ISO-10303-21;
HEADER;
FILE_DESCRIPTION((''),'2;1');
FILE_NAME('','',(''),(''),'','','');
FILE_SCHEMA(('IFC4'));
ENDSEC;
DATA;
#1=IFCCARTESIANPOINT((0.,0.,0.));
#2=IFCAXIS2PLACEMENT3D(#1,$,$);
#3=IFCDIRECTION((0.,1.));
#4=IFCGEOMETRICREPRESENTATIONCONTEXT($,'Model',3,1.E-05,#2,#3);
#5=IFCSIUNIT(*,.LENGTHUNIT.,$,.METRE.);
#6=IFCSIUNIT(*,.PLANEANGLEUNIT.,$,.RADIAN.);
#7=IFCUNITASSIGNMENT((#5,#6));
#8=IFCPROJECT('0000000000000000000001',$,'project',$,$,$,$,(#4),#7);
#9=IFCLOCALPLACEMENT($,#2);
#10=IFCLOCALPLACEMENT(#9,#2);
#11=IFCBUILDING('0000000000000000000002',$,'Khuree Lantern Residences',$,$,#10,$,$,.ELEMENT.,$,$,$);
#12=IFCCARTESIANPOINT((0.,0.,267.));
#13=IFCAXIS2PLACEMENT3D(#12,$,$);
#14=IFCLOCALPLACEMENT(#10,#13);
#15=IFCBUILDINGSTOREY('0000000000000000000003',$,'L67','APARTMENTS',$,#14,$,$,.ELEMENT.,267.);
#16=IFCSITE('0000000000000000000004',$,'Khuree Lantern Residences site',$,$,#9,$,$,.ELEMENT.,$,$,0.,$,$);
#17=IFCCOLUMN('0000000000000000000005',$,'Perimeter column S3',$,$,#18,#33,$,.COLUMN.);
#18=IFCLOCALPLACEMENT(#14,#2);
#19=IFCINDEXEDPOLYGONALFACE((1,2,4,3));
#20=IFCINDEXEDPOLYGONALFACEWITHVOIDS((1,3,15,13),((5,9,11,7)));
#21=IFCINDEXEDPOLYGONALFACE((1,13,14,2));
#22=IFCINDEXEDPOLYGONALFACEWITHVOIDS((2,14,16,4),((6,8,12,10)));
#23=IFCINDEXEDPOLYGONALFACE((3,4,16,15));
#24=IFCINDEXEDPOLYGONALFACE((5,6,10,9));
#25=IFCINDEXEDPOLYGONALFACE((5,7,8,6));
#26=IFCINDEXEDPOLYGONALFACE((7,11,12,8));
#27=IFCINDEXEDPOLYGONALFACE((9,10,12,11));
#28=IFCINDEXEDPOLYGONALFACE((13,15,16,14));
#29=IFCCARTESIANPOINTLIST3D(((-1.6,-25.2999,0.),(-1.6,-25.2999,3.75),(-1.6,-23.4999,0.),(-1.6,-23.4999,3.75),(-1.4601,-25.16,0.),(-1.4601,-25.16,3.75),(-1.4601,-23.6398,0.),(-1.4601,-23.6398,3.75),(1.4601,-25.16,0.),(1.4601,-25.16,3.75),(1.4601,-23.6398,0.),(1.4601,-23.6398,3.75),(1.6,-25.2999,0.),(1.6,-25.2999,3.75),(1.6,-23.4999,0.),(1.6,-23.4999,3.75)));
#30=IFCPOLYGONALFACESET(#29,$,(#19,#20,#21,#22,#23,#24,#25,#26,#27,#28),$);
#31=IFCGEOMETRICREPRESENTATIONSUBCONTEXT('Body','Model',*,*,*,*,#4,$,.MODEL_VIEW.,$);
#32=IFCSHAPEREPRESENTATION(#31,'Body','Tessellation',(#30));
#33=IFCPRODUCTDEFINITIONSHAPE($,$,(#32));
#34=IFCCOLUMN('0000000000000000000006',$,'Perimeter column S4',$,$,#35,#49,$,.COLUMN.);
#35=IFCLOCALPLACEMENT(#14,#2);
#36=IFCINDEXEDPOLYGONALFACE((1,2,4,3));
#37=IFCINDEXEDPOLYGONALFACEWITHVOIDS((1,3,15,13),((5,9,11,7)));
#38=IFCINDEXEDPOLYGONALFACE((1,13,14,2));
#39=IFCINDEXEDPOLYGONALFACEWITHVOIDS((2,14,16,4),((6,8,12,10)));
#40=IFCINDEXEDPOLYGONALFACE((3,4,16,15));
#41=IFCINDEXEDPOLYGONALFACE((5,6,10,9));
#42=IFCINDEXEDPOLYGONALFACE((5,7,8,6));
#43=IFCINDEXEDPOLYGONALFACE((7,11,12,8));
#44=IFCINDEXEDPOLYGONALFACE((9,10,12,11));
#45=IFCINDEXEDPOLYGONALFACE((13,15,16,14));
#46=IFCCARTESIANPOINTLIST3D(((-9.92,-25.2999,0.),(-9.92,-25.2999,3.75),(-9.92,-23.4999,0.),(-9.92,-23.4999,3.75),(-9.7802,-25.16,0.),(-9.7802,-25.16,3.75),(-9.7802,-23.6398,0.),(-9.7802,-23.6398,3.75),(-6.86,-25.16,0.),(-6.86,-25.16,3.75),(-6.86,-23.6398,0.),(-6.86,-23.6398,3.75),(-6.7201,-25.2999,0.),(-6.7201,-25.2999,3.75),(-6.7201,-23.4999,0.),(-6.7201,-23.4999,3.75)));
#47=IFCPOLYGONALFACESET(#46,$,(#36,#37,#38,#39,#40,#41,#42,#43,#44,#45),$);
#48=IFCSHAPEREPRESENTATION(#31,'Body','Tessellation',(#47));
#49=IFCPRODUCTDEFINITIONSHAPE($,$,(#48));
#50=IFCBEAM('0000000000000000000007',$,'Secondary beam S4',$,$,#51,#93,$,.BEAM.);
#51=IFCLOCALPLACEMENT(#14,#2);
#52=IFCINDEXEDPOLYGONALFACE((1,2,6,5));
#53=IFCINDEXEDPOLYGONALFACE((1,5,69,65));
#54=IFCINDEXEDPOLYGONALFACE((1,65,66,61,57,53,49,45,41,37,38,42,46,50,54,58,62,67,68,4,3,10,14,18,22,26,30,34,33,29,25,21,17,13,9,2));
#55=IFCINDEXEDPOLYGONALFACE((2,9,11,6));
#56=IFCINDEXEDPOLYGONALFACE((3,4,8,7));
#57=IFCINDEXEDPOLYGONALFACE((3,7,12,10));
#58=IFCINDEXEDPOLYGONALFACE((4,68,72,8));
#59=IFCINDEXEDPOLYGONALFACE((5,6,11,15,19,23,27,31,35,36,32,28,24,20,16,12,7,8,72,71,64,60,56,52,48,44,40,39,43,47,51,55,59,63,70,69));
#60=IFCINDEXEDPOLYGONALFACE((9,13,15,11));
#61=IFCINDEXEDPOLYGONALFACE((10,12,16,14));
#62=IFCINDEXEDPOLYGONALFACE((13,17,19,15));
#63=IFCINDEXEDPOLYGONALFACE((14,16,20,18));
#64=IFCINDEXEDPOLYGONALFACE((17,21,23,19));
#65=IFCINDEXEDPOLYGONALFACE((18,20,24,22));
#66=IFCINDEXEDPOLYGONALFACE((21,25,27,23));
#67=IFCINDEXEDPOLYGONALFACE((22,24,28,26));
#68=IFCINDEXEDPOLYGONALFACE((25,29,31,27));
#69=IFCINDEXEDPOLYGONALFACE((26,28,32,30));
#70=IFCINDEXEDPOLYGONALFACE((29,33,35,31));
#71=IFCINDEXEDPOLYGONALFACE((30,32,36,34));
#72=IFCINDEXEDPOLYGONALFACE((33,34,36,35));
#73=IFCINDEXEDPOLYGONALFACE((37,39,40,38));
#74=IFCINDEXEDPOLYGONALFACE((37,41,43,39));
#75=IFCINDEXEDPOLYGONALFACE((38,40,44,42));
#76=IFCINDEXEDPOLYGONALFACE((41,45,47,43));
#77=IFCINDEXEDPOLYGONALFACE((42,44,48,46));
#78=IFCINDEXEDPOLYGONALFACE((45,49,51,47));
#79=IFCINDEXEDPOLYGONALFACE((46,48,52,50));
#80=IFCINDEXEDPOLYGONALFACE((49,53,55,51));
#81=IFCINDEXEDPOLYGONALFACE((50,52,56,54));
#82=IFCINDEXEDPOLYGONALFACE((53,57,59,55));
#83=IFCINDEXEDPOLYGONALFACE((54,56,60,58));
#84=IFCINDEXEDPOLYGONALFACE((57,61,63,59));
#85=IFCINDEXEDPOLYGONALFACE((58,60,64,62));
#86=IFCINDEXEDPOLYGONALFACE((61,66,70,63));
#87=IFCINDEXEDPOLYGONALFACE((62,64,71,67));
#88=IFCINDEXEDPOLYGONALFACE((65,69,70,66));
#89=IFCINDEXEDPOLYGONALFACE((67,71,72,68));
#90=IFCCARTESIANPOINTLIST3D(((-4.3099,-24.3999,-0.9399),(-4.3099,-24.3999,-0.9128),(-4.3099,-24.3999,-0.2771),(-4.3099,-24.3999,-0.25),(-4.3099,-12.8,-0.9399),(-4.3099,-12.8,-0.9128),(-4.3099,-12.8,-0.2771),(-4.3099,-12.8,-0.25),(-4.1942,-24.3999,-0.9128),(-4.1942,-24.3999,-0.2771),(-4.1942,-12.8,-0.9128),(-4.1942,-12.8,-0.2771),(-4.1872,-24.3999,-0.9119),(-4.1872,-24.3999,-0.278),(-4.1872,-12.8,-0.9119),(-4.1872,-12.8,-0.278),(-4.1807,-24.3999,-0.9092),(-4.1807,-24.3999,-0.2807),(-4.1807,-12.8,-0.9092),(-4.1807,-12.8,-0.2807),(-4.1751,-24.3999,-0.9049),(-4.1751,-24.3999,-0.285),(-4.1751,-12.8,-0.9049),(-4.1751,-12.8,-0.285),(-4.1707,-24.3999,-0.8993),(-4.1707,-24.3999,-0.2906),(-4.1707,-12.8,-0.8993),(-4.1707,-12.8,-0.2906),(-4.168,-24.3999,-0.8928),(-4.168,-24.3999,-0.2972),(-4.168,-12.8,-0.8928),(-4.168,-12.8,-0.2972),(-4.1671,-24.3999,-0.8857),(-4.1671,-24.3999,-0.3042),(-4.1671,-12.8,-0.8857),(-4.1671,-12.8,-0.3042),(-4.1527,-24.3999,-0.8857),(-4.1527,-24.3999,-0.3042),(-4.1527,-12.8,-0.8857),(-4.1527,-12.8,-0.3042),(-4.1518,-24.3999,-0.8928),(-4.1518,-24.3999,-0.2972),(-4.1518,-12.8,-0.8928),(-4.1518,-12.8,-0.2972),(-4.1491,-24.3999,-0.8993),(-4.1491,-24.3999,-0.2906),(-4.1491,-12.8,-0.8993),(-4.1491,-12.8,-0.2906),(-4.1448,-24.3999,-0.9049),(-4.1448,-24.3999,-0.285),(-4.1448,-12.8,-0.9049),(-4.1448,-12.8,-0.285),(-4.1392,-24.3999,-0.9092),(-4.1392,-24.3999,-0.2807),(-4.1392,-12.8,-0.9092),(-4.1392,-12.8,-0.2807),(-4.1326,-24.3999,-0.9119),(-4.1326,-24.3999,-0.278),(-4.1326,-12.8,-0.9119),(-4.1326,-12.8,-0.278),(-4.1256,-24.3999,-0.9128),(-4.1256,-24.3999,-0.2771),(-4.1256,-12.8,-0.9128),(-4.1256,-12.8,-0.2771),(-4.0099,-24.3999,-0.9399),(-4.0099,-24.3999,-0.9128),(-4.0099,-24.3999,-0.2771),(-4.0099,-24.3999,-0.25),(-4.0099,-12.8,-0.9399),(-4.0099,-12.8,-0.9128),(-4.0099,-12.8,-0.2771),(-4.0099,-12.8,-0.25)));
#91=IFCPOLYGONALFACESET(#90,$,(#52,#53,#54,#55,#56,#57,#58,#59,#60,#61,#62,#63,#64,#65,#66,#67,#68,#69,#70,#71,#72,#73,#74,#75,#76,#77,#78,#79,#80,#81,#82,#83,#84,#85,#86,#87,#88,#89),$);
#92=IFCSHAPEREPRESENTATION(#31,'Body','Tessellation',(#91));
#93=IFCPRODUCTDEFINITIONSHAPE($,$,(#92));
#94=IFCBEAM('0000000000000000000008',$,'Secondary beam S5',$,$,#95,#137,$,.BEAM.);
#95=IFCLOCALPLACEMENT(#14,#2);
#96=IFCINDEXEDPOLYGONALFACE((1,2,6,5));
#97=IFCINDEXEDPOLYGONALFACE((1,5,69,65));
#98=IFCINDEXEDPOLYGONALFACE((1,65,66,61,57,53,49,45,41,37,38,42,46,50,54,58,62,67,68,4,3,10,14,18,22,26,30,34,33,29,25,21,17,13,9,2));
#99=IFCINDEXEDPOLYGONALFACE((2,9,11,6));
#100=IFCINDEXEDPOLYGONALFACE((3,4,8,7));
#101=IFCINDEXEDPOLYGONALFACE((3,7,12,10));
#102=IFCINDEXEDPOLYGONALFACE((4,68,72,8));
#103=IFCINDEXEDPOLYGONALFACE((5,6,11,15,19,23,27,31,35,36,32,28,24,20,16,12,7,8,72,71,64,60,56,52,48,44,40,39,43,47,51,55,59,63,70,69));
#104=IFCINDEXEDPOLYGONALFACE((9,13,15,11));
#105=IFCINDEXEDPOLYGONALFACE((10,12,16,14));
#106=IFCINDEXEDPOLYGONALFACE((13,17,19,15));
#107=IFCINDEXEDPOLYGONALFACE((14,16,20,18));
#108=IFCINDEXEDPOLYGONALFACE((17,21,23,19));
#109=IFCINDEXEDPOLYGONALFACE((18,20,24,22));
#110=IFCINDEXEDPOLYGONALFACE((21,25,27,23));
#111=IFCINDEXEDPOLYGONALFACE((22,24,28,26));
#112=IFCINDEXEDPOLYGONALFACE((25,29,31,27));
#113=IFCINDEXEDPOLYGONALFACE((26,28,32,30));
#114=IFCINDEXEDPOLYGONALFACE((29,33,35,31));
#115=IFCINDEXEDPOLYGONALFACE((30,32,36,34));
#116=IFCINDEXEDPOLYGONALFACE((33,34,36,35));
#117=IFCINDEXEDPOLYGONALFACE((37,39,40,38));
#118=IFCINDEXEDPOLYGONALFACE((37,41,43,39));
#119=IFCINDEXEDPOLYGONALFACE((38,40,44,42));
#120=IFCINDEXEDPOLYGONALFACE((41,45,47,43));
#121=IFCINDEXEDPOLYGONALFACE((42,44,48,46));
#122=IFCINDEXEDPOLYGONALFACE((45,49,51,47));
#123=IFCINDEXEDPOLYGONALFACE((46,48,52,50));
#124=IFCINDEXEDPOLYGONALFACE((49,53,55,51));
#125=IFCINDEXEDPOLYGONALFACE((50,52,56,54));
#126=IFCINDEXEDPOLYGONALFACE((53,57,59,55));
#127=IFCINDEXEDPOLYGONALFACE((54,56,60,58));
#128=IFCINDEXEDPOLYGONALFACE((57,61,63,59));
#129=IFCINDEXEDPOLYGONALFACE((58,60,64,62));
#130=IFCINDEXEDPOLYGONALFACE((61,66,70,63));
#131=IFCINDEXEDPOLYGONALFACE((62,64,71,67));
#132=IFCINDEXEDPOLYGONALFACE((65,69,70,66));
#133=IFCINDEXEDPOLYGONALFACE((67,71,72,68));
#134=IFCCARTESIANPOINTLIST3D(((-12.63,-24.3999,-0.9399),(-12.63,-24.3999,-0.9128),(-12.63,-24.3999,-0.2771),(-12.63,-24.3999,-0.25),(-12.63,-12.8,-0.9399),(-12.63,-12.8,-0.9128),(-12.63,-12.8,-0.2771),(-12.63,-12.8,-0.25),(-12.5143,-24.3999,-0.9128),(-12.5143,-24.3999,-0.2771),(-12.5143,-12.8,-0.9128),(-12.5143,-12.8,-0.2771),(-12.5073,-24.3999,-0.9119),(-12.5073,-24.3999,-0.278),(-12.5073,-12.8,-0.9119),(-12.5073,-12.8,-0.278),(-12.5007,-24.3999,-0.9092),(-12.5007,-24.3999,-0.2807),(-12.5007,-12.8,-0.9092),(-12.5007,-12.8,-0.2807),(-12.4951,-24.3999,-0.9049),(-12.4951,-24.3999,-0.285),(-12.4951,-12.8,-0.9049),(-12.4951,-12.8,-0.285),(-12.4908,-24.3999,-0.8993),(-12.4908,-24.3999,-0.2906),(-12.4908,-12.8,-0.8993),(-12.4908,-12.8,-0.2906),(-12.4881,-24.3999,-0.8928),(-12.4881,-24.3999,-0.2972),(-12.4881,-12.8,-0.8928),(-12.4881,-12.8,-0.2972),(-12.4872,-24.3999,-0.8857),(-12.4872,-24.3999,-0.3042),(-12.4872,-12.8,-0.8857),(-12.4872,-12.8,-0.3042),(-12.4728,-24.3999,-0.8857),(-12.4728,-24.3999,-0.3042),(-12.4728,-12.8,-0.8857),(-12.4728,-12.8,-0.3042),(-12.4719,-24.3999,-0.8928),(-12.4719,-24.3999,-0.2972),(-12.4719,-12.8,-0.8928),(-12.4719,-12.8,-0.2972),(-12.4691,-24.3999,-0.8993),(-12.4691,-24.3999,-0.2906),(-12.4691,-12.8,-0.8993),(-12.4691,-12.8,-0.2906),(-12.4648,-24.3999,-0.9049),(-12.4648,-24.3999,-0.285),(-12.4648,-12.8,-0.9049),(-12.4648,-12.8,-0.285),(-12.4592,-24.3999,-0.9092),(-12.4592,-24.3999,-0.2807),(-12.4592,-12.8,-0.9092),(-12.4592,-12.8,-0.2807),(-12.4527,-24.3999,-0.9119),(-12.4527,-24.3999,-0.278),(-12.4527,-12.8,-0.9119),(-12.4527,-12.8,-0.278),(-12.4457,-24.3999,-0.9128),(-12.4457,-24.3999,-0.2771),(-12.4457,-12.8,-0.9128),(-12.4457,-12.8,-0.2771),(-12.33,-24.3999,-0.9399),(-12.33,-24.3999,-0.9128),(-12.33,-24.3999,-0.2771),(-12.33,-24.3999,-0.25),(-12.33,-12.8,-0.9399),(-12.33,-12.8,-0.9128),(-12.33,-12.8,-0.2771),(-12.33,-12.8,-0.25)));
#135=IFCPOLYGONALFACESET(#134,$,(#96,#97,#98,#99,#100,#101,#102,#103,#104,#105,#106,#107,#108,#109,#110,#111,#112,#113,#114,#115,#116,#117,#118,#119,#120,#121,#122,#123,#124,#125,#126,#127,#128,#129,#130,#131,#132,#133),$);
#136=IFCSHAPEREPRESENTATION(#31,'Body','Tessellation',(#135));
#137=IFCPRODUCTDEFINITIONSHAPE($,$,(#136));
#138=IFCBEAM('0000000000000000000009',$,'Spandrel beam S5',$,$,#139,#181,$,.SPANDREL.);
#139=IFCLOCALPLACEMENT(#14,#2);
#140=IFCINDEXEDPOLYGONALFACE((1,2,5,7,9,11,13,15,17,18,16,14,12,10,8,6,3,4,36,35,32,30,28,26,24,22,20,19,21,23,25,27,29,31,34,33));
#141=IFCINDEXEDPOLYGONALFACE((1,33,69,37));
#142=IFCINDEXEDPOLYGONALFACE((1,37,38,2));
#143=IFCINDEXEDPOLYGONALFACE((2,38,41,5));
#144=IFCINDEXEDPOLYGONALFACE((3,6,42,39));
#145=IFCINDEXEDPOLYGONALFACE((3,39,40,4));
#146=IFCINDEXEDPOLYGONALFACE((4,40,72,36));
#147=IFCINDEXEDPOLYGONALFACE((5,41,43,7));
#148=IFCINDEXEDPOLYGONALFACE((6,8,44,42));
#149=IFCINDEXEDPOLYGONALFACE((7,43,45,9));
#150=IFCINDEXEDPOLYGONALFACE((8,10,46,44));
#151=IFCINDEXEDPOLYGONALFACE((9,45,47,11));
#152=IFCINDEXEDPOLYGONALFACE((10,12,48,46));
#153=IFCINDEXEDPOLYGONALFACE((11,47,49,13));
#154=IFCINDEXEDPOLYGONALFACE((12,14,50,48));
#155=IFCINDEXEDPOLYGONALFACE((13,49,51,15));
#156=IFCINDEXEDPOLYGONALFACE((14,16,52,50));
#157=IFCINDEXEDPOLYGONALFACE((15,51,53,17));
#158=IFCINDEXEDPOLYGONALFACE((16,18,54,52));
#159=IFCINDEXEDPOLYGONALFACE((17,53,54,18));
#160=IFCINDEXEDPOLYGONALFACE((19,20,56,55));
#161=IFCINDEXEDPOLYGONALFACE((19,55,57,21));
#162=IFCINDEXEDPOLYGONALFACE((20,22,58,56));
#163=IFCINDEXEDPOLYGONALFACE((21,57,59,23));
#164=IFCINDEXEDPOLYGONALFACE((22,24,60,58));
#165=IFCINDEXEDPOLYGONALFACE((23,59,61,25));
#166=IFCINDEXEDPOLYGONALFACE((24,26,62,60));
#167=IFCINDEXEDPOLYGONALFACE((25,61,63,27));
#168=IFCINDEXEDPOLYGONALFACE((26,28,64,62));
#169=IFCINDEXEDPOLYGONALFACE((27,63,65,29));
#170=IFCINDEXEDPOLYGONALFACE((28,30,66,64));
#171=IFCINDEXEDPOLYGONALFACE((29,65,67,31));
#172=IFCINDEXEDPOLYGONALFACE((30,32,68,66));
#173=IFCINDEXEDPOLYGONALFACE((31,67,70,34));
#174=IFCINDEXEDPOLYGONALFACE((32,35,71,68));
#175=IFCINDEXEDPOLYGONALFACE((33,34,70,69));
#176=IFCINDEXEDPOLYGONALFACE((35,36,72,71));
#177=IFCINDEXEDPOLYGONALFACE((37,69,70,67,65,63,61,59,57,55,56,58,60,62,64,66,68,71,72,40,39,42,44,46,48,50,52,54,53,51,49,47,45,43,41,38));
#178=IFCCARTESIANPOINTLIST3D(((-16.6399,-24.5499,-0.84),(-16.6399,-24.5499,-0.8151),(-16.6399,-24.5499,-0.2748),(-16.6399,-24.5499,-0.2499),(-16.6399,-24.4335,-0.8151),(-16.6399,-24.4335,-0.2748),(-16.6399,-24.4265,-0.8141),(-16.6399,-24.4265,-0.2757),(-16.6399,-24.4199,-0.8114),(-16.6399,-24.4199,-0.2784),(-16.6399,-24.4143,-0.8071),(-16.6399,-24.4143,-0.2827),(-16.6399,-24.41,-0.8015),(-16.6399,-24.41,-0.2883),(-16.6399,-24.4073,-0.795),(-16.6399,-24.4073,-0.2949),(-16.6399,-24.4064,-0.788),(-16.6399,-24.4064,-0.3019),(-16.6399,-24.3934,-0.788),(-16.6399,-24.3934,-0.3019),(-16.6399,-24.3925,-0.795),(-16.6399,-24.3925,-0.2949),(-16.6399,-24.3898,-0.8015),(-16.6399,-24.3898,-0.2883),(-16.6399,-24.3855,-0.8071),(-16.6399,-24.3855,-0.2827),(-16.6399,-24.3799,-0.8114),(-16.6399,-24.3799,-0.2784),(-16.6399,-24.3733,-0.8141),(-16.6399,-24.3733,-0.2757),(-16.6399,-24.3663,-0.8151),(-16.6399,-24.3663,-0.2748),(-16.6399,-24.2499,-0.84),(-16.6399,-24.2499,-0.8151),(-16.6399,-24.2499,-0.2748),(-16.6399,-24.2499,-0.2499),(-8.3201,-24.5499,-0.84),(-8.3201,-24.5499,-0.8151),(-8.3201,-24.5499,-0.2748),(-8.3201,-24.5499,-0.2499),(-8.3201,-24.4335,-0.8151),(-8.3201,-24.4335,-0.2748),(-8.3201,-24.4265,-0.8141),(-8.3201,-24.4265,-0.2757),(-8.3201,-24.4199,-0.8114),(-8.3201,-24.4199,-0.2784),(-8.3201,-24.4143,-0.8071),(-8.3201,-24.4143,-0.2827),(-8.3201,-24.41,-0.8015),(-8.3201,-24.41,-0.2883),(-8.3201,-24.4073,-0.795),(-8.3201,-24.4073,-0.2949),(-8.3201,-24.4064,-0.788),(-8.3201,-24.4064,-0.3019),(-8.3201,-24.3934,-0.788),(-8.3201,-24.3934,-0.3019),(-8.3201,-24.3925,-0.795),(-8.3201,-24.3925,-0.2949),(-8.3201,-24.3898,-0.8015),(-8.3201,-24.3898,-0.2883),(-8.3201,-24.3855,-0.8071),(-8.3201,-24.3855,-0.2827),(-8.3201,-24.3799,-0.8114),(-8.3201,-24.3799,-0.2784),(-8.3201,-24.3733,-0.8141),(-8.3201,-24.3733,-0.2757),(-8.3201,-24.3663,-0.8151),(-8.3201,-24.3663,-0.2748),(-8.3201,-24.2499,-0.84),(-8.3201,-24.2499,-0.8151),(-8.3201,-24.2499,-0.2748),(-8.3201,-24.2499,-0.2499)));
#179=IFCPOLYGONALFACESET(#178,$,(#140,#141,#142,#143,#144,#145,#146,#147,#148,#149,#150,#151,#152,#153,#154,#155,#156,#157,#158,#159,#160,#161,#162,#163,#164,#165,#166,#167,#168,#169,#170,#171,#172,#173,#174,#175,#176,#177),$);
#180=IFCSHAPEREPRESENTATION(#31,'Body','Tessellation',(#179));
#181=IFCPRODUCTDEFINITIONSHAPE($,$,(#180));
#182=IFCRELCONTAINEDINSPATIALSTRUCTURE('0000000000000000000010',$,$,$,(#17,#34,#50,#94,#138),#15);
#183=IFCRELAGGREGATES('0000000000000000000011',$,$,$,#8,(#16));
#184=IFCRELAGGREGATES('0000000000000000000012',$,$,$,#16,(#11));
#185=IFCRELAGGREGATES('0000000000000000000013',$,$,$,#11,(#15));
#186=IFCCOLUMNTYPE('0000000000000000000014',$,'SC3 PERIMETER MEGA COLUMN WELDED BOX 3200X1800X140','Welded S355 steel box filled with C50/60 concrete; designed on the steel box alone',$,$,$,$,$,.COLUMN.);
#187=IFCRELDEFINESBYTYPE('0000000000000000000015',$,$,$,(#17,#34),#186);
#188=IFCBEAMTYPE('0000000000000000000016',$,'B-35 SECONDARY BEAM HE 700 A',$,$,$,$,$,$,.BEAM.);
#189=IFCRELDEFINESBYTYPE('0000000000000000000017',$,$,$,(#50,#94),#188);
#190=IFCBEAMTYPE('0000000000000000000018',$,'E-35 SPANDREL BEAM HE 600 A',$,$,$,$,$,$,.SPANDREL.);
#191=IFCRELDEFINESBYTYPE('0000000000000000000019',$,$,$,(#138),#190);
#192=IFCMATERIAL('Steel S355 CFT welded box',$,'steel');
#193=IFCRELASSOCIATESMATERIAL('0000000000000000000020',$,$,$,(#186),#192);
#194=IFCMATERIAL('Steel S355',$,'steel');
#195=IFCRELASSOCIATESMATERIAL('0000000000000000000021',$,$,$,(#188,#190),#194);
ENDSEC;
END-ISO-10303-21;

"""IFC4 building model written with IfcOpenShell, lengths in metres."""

from ifc_helpers import new_model, si_unit, direction, frame, origin, origin_2d, place, context, subcontext, project, spatial, hollow_rectangle, i_section, extrude, material, material_profile, profile_set, type_object, element, save


model = new_model("IFC4")

# Units and contexts
model_context = context("Model", 3, precision=1e-05, world=origin(), true_north=direction((0.0, 1.0)))
body_context = subcontext(model_context, "Body", "Model", "MODEL_VIEW")
ifc_project = project(units=[si_unit("LENGTHUNIT", "METRE"), si_unit("PLANEANGLEUNIT", "RADIAN")], contexts=[model_context])

# Site, building, storey
site_placement = place(None, origin())
site = spatial("IfcSite", under=ifc_project, at=site_placement, Name="Khuree Lantern Residences site", CompositionType="ELEMENT", RefElevation=0.0)
building_placement = place(site_placement, origin())
building = spatial("IfcBuilding", under=site, at=building_placement, Name="Khuree Lantern Residences", CompositionType="ELEMENT")
storey_placement = place(building_placement, frame((0.0, 0.0, 267.0)))
storey = spatial("IfcBuildingStorey", under=building, at=storey_placement, Name="L67", Description="APARTMENTS", CompositionType="ELEMENT", Elevation=267.0)

# Columns
ifc_material_1 = material(Name="Steel S355 CFT welded box", Category="steel")
ifc_material_profile_1 = material_profile(ifc_material_1, hollow_rectangle(XDim=3.2, YDim=1.8, WallThickness=0.1399, at=origin_2d()), Name="WELDED BOX 3200X1800X140")
ifc_profile_set_1 = profile_set([ifc_material_profile_1], Name="Steel S355 CFT welded box")
column_type = type_object("IfcColumnType", Name="SC3 PERIMETER MEGA COLUMN WELDED BOX 3200X1800X140", Description="Welded S355 steel box filled with C50/60 concrete; designed on the steel box alone", PredefinedType="COLUMN", material=ifc_profile_set_1)
for number, where, z_axis, x_axis, name in (
    (1, (0.0, -24.3999, 0.0), (0.0, 0.0, 1.0), (1.0, 0.0, 0.0), "Perimeter column S3"),
    (2, (-8.3201, -24.3999, 0.0), (0.0, 0.0, 1.0), (1.0, 0.0, 0.0), "Perimeter column S4"),
):
    element("IfcColumn", number, at=place(storey_placement, frame(where, z_axis=z_axis, x_axis=x_axis)), inside=storey, type_object=column_type, Name=name, PredefinedType="COLUMN", context=body_context, shape_type="SweptSolid", body=[
        extrude(hollow_rectangle(XDim=3.2, YDim=1.8, WallThickness=0.1399, at=origin_2d()), origin(), (0.0, 0.0, 1.0), 3.75),
    ])

# Beams
ifc_material_2 = material(Name="Steel S355", Category="steel")
ifc_material_profile_2 = material_profile(ifc_material_2, i_section(OverallWidth=0.3, OverallDepth=0.6899, WebThickness=0.0144, FlangeThickness=0.0271, FilletRadius=0.0271, at=origin_2d()), Name="HE 700 A")
ifc_profile_set_2 = profile_set([ifc_material_profile_2], Name="Steel S355")
beam_type_1 = type_object("IfcBeamType", Name="B-35 SECONDARY BEAM HE 700 A", PredefinedType="BEAM", material=ifc_profile_set_2)
for number, where, z_axis, x_axis, name in (
    (3, (-4.1599, -24.3999, -0.595), (0.0, 1.0, 0.0), (-1.0, 0.0, 0.0), "Secondary beam S4"),
    (4, (-12.48, -24.3999, -0.595), (0.0, 1.0, 0.0), (-1.0, 0.0, 0.0), "Secondary beam S5"),
):
    element("IfcBeam", number, at=place(storey_placement, frame(where, z_axis=z_axis, x_axis=x_axis)), inside=storey, type_object=beam_type_1, Name=name, PredefinedType="BEAM", context=body_context, shape_type="SweptSolid", body=[
        extrude(i_section(OverallWidth=0.3, OverallDepth=0.6899, WebThickness=0.0144, FlangeThickness=0.0271, FilletRadius=0.0271, at=origin_2d()), origin(), (0.0, 0.0, 1.0), 11.5999),
    ])
ifc_material_profile_3 = material_profile(ifc_material_2, i_section(OverallWidth=0.3, OverallDepth=0.5901, WebThickness=0.0129, FlangeThickness=0.0249, FilletRadius=0.0271, at=origin_2d()), Name="HE 600 A")
ifc_profile_set_3 = profile_set([ifc_material_profile_3], Name="Steel S355")
beam_type_2 = type_object("IfcBeamType", Name="E-35 SPANDREL BEAM HE 600 A", PredefinedType="SPANDREL", material=ifc_profile_set_3)
beam_1_placement = place(storey_placement, frame((-8.3201, -24.3999, -0.5449), z_axis=(-1.0, 0.0, 0.0), x_axis=(0.0, -1.0, 0.0)))
element("IfcBeam", 5, at=beam_1_placement, inside=storey, type_object=beam_type_2, Name="Spandrel beam S5", PredefinedType="SPANDREL", context=body_context, shape_type="SweptSolid", body=[
    extrude(i_section(OverallWidth=0.3, OverallDepth=0.5901, WebThickness=0.0129, FlangeThickness=0.0249, FilletRadius=0.0271, at=origin_2d()), origin(), (0.0, 0.0, 1.0), 8.3198),
])

save(model, "model.ifc")
